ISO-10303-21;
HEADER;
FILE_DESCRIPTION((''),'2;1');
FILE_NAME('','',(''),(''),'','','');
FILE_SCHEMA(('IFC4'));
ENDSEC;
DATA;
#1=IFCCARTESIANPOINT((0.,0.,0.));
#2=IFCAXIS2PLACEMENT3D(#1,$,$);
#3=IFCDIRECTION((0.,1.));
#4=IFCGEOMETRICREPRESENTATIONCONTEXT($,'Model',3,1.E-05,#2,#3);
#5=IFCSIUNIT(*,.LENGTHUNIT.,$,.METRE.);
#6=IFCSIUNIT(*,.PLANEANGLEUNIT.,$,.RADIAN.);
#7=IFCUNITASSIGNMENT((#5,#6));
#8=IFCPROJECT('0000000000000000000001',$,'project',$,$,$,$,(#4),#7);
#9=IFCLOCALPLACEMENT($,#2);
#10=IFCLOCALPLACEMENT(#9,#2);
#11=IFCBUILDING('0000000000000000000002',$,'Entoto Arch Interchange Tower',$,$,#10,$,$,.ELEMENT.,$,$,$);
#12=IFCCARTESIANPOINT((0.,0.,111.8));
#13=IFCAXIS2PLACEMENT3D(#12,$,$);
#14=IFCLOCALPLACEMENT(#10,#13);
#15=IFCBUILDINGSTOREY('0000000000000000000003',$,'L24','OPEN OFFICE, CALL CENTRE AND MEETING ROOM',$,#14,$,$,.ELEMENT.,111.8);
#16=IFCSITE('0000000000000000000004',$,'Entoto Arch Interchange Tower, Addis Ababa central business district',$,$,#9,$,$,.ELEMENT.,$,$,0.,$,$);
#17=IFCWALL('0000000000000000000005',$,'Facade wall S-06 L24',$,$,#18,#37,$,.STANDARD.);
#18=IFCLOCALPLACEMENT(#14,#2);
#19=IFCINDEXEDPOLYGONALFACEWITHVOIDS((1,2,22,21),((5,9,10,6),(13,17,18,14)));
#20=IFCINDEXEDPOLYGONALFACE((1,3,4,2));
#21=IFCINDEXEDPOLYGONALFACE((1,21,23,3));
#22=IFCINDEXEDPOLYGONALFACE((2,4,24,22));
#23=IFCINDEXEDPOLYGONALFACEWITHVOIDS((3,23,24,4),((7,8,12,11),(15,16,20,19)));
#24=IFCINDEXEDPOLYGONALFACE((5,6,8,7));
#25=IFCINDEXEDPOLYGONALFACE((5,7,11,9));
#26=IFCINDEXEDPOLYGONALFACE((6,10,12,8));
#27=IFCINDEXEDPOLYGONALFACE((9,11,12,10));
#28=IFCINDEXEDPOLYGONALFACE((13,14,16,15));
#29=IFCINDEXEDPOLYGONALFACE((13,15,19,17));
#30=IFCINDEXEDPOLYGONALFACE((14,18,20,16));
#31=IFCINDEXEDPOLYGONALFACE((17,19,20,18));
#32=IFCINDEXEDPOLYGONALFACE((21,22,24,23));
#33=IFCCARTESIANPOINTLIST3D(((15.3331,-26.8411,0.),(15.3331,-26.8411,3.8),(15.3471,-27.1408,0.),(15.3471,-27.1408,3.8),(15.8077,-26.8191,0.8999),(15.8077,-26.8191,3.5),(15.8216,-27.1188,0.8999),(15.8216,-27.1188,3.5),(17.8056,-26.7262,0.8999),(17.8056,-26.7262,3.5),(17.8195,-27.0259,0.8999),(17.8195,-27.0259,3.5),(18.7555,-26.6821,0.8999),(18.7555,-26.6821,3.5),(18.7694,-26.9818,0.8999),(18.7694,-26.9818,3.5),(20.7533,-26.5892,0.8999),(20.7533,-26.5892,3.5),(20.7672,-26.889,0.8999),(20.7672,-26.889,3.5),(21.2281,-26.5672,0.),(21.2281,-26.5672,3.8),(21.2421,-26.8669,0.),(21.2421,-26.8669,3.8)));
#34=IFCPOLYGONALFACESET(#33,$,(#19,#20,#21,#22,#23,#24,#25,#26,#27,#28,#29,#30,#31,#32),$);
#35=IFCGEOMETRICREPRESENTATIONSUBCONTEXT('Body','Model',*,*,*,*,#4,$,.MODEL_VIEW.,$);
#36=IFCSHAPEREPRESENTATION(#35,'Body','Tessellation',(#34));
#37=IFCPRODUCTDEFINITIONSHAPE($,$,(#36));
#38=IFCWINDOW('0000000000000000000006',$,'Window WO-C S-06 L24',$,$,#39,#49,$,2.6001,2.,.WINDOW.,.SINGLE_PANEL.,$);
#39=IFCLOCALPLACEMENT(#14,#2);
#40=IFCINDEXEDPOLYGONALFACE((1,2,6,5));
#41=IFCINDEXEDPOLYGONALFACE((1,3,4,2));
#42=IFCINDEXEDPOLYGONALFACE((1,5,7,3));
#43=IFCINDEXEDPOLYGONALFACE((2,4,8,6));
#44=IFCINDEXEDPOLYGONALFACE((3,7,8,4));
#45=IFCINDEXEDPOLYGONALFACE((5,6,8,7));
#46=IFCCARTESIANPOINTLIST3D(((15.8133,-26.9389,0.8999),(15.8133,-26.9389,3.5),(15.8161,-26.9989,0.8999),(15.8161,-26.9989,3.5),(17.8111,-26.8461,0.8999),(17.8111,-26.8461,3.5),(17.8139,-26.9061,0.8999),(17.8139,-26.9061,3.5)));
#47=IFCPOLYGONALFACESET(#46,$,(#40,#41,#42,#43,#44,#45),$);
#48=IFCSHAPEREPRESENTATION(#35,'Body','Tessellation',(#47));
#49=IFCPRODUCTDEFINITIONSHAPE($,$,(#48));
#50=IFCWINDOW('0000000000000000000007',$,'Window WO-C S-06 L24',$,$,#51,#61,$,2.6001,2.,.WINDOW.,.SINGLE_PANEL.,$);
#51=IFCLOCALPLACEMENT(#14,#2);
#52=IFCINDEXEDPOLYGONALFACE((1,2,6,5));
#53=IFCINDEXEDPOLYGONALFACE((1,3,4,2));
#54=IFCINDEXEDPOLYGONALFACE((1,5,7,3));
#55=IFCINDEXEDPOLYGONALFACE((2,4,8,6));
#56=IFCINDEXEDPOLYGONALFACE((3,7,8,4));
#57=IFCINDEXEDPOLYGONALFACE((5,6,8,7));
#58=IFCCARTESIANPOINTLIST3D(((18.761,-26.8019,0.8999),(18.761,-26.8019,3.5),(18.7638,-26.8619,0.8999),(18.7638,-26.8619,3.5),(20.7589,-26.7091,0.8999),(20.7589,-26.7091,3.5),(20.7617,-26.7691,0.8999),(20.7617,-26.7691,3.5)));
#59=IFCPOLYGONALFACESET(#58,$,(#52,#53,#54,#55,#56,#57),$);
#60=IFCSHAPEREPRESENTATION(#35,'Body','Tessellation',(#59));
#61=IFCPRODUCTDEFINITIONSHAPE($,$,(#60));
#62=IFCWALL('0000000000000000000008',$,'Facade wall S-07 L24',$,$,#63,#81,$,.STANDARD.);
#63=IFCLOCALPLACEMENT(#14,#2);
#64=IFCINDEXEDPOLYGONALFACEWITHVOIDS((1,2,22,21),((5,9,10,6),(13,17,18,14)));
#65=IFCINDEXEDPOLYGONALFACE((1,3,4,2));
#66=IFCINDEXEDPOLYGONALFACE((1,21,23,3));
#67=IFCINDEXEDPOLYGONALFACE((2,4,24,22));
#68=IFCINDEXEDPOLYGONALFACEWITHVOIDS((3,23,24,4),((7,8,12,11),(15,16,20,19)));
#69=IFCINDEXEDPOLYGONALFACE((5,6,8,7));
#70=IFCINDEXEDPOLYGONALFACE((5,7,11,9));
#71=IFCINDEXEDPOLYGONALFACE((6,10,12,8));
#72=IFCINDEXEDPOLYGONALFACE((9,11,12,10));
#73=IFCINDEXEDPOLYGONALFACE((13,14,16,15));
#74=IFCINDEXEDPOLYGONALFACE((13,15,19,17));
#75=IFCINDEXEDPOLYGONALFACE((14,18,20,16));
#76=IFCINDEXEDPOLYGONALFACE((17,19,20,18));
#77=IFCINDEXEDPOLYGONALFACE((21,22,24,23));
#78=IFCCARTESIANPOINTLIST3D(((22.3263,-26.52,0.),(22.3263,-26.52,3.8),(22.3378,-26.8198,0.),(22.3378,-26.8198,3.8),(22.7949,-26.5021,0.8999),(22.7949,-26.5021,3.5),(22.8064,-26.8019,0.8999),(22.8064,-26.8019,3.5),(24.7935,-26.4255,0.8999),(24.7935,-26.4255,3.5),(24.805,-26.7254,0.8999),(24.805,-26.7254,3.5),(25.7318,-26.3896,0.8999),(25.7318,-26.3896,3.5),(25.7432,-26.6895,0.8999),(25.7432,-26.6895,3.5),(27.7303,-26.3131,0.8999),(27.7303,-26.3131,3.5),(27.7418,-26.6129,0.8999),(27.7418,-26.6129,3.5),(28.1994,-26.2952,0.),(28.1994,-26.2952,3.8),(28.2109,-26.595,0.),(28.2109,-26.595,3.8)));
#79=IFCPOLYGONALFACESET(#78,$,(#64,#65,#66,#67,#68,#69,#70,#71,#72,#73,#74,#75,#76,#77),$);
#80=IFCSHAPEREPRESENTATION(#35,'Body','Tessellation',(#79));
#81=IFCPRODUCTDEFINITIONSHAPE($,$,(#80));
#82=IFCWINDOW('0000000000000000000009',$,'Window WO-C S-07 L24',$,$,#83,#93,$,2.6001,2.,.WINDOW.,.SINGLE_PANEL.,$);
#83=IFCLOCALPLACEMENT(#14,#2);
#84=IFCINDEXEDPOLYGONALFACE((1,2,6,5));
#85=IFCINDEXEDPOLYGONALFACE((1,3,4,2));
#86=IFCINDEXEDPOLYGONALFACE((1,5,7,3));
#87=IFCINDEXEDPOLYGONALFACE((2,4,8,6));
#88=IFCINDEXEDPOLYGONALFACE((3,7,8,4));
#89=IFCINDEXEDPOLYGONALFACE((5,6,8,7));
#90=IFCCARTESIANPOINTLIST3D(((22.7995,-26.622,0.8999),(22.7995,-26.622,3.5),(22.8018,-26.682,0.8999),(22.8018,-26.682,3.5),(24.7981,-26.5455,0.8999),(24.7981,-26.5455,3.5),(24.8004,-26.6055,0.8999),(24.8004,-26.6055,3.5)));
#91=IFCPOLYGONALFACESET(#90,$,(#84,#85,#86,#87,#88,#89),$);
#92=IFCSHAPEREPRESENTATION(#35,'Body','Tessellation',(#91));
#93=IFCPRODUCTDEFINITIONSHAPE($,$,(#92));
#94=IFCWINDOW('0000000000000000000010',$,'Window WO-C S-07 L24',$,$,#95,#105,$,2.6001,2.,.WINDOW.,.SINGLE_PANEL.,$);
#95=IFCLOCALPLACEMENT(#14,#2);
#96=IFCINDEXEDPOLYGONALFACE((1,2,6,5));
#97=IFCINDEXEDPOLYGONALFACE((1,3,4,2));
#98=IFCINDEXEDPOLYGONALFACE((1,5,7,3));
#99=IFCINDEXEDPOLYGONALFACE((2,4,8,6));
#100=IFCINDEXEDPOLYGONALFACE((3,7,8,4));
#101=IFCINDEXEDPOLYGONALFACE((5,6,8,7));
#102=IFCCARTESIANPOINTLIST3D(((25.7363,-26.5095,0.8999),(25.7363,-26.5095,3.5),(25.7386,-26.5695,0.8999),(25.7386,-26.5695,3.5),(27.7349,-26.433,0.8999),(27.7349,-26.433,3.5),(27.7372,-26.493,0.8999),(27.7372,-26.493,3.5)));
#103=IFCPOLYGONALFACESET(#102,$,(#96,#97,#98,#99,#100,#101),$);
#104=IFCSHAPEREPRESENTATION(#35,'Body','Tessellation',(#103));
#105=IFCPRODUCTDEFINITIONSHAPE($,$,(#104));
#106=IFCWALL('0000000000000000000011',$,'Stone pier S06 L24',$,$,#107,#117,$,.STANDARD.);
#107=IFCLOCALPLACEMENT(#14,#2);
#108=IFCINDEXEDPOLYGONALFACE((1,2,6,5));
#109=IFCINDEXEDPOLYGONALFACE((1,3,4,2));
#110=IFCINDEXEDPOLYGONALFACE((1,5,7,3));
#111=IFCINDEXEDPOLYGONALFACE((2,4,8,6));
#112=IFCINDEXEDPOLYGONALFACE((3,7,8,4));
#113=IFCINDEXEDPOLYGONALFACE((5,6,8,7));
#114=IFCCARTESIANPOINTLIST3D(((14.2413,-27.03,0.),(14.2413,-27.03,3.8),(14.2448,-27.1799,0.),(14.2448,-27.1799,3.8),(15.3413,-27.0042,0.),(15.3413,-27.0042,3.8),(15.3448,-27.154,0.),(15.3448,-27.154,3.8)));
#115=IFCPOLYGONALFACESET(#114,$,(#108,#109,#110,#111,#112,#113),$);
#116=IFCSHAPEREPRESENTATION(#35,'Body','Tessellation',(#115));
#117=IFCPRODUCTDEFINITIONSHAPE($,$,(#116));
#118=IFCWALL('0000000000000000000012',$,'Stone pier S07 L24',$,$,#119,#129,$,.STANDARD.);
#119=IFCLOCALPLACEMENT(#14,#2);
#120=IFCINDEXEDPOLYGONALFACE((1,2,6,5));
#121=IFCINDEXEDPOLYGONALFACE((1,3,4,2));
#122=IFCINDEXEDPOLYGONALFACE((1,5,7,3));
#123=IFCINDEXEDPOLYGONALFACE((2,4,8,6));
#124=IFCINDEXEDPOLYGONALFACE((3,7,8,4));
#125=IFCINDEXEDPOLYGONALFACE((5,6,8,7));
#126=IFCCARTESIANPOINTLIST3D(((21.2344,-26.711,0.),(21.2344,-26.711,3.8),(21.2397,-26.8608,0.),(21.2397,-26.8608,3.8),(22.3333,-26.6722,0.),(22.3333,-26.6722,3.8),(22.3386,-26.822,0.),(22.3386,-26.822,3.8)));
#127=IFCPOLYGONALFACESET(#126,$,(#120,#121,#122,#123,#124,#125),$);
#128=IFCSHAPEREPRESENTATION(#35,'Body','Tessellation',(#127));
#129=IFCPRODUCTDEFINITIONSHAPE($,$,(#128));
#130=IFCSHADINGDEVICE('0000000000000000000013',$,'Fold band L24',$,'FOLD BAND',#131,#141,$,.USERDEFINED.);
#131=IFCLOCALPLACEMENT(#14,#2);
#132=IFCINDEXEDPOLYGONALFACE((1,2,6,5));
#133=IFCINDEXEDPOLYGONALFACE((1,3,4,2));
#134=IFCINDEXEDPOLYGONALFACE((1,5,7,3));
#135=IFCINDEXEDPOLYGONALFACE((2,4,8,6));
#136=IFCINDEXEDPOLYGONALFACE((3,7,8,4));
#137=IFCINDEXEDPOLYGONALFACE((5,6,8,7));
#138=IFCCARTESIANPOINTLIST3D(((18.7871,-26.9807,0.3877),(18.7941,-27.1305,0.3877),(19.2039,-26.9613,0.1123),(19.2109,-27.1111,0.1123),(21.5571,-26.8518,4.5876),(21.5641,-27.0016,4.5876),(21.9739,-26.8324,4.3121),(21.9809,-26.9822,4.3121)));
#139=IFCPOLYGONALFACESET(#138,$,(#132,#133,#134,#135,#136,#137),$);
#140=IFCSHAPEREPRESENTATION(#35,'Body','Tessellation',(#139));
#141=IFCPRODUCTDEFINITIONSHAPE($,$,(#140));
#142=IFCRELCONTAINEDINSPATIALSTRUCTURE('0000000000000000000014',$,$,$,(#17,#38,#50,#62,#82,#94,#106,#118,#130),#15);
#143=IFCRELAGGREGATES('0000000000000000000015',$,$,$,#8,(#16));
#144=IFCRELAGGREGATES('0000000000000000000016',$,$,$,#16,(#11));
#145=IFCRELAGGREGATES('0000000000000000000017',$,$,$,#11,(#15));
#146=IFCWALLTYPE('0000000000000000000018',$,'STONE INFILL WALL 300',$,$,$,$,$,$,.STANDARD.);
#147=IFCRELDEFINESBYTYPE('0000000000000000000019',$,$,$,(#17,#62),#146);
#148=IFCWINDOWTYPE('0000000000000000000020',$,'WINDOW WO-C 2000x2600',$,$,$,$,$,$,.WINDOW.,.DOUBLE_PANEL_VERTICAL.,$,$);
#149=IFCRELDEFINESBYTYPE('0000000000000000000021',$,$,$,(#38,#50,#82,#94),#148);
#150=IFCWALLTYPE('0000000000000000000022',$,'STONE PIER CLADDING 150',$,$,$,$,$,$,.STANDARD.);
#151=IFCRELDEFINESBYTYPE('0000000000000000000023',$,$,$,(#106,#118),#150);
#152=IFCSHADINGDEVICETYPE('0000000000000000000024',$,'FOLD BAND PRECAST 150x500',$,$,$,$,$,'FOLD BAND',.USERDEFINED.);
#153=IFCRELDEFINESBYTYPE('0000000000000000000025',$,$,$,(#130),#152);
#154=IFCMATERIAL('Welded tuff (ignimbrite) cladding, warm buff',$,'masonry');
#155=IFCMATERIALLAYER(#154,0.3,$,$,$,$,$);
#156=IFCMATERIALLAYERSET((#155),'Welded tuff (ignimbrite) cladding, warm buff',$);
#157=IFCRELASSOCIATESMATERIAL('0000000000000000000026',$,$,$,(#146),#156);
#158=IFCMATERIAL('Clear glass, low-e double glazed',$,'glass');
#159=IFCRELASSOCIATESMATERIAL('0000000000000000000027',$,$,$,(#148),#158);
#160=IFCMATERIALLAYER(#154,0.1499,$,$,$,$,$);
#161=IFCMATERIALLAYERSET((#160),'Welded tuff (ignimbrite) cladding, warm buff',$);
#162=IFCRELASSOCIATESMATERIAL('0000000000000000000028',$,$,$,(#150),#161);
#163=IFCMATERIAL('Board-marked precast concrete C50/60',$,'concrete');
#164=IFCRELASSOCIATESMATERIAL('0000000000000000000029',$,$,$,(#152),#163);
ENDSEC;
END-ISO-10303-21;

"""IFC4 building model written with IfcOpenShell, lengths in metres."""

from ifc_helpers import new_model, si_unit, direction, frame, frame_2d, origin, origin_2d, place, context, subcontext, project, spatial, rectangle, extrude, material, layer, layer_set, material_profile, profile_set, type_object, element, fill, save


model = new_model("IFC4")

# Units and contexts
model_context = context("Model", 3, precision=1e-05, world=origin(), true_north=direction((0.0, 1.0)))
body_context = subcontext(model_context, "Body", "Model", "MODEL_VIEW")
ifc_project = project(units=[si_unit("LENGTHUNIT", "METRE"), si_unit("PLANEANGLEUNIT", "RADIAN")], contexts=[model_context])

# Site, building, storey
site_placement = place(None, origin())
site = spatial("IfcSite", under=ifc_project, at=site_placement, Name="Entoto Arch Interchange Tower, Addis Ababa central business district", CompositionType="ELEMENT", RefElevation=0.0)
building_placement = place(site_placement, origin())
building = spatial("IfcBuilding", under=site, at=building_placement, Name="Entoto Arch Interchange Tower", CompositionType="ELEMENT")
storey_placement = place(building_placement, frame((0.0, 0.0, 111.8)))
storey = spatial("IfcBuildingStorey", under=building, at=storey_placement, Name="L24", Description="OPEN OFFICE, CALL CENTRE AND MEETING ROOM", CompositionType="ELEMENT", Elevation=111.8)

# Walls, openings, windows
ifc_material_1 = material(Name="Welded tuff (ignimbrite) cladding, warm buff", Category="masonry")
ifc_layer_1 = layer(ifc_material_1, 0.3)
ifc_layer_set_1 = layer_set([ifc_layer_1], Name="Welded tuff (ignimbrite) cladding, warm buff")
wall_type_1 = type_object("IfcWallType", Name="STONE INFILL WALL 300", PredefinedType="STANDARD", material=ifc_layer_set_1)
ifc_material_2 = material(Name="Clear glass, low-e double glazed", Category="glass")
window_type = type_object("IfcWindowType", Name="WINDOW WO-C 2000x2600", PartitioningType="DOUBLE_PANEL_VERTICAL", PredefinedType="WINDOW", material=ifc_material_2)
wall_1_placement = place(storey_placement, frame((15.3401, -26.991, 0.0), z_axis=(0.0, 0.0, 1.0), x_axis=(0.998922, 0.046417, 0.0)))
wall_1 = element("IfcWall", 1, at=wall_1_placement, inside=storey, type_object=wall_type_1, Name="Facade wall S-06 L24", PredefinedType="STANDARD", context=body_context, shape_type="SweptSolid", body=[
    extrude(rectangle(XDim=5.9014, YDim=0.3, at=frame_2d((2.9507, 0.0))), origin(), (0.0, 0.0, 1.0), 3.8),
])
opening_1_placement = place(wall_1_placement, frame((0.4751, 0.0, 0.8999)))
opening_1 = element("IfcOpeningElement", 2, at=opening_1_placement, cuts=wall_1, PredefinedType="OPENING", context=body_context, shape_type="SweptSolid", body=[
    extrude(rectangle(XDim=2.0, YDim=2.6001, at=frame_2d((1.0, 1.3))), frame((0.0, 0.1602, 0.0), z_axis=(0.0, -1.0, 0.0), x_axis=(1.0, 0.0, 0.0)), (0.0, 0.0, 1.0), 0.3201),
])
opening_2_placement = place(wall_1_placement, frame((3.426, 0.0, 0.8999)))
opening_2 = element("IfcOpeningElement", 3, at=opening_2_placement, cuts=wall_1, PredefinedType="OPENING", context=body_context, shape_type="SweptSolid", body=[
    extrude(rectangle(XDim=2.0, YDim=2.6001, at=frame_2d((1.0, 1.3))), frame((0.0, 0.1602, 0.0), z_axis=(0.0, -1.0, 0.0), x_axis=(1.0, 0.0, 0.0)), (0.0, 0.0, 1.0), 0.3201),
])
window_1_placement = place(opening_1_placement, origin())
window_1 = element("IfcWindow", 4, at=window_1_placement, inside=storey, type_object=window_type, Name="Window WO-C S-06 L24", OverallHeight=2.6001, OverallWidth=2.0, PartitioningType="SINGLE_PANEL", PredefinedType="WINDOW", context=body_context, shape_type="SweptSolid", body=[
    extrude(rectangle(XDim=2.0, YDim=2.6001, at=frame_2d((1.0, 1.3))), frame((0.0, 0.03, 0.0), z_axis=(0.0, -1.0, 0.0), x_axis=(1.0, 0.0, 0.0)), (0.0, 0.0, 1.0), 0.0601),
])
fill(opening_1, window_1)
window_2_placement = place(opening_2_placement, origin())
window_2 = element("IfcWindow", 5, at=window_2_placement, inside=storey, type_object=window_type, Name="Window WO-C S-06 L24", OverallHeight=2.6001, OverallWidth=2.0, PartitioningType="SINGLE_PANEL", PredefinedType="WINDOW", context=body_context, shape_type="SweptSolid", body=[
    extrude(rectangle(XDim=2.0, YDim=2.6001, at=frame_2d((1.0, 1.3))), frame((0.0, 0.03, 0.0), z_axis=(0.0, -1.0, 0.0), x_axis=(1.0, 0.0, 0.0)), (0.0, 0.0, 1.0), 0.0601),
])
fill(opening_2, window_2)
wall_2_placement = place(storey_placement, frame((22.332, -26.6699, 0.0), z_axis=(0.0, 0.0, 1.0), x_axis=(0.999268, 0.038258, 0.0)))
wall_2 = element("IfcWall", 6, at=wall_2_placement, inside=storey, type_object=wall_type_1, Name="Facade wall S-07 L24", PredefinedType="STANDARD", context=body_context, shape_type="SweptSolid", body=[
    extrude(rectangle(XDim=5.8774, YDim=0.3, at=frame_2d((2.9387, 0.0))), origin(), (0.0, 0.0, 1.0), 3.8),
])
opening_3_placement = place(wall_2_placement, frame((0.469, 0.0, 0.8999)))
opening_3 = element("IfcOpeningElement", 7, at=opening_3_placement, cuts=wall_2, PredefinedType="OPENING", context=body_context, shape_type="SweptSolid", body=[
    extrude(rectangle(XDim=2.0, YDim=2.6001, at=frame_2d((1.0, 1.3))), frame((0.0, 0.1602, 0.0), z_axis=(0.0, -1.0, 0.0), x_axis=(1.0, 0.0, 0.0)), (0.0, 0.0, 1.0), 0.3201),
])
opening_4_placement = place(wall_2_placement, frame((3.408, 0.0, 0.8999)))
opening_4 = element("IfcOpeningElement", 8, at=opening_4_placement, cuts=wall_2, PredefinedType="OPENING", context=body_context, shape_type="SweptSolid", body=[
    extrude(rectangle(XDim=2.0, YDim=2.6001, at=frame_2d((1.0, 1.3))), frame((0.0, 0.1602, 0.0), z_axis=(0.0, -1.0, 0.0), x_axis=(1.0, 0.0, 0.0)), (0.0, 0.0, 1.0), 0.3201),
])
window_3_placement = place(opening_3_placement, origin())
window_3 = element("IfcWindow", 9, at=window_3_placement, inside=storey, type_object=window_type, Name="Window WO-C S-07 L24", OverallHeight=2.6001, OverallWidth=2.0, PartitioningType="SINGLE_PANEL", PredefinedType="WINDOW", context=body_context, shape_type="SweptSolid", body=[
    extrude(rectangle(XDim=2.0, YDim=2.6001, at=frame_2d((1.0, 1.3))), frame((0.0, 0.03, 0.0), z_axis=(0.0, -1.0, 0.0), x_axis=(1.0, 0.0, 0.0)), (0.0, 0.0, 1.0), 0.0601),
])
fill(opening_3, window_3)
window_4_placement = place(opening_4_placement, origin())
window_4 = element("IfcWindow", 10, at=window_4_placement, inside=storey, type_object=window_type, Name="Window WO-C S-07 L24", OverallHeight=2.6001, OverallWidth=2.0, PartitioningType="SINGLE_PANEL", PredefinedType="WINDOW", context=body_context, shape_type="SweptSolid", body=[
    extrude(rectangle(XDim=2.0, YDim=2.6001, at=frame_2d((1.0, 1.3))), frame((0.0, 0.03, 0.0), z_axis=(0.0, -1.0, 0.0), x_axis=(1.0, 0.0, 0.0)), (0.0, 0.0, 1.0), 0.0601),
])
fill(opening_4, window_4)

# Walls
ifc_layer_2 = layer(ifc_material_1, 0.1499)
ifc_layer_set_2 = layer_set([ifc_layer_2], Name="Welded tuff (ignimbrite) cladding, warm buff")
wall_type_2 = type_object("IfcWallType", Name="STONE PIER CLADDING 150", PredefinedType="STANDARD", material=ifc_layer_set_2)
wall_3_placement = place(storey_placement, frame((14.2429, -27.105, 0.0), z_axis=(0.0, 0.0, 1.0), x_axis=(0.999723, 0.023518, 0.0)))
element("IfcWall", 11, at=wall_3_placement, inside=storey, type_object=wall_type_2, Name="Stone pier S06 L24", PredefinedType="STANDARD", context=body_context, shape_type="SweptSolid", body=[
    extrude(rectangle(XDim=1.1003, YDim=0.1499, at=frame_2d((0.5503, 0.0))), origin(), (0.0, 0.0, 1.0), 3.8),
])
wall_4_placement = place(storey_placement, frame((21.2371, -26.7859, 0.0), z_axis=(0.0, 0.0, 1.0), x_axis=(0.999377, 0.035303, 0.0)))
element("IfcWall", 12, at=wall_4_placement, inside=storey, type_object=wall_type_2, Name="Stone pier S07 L24", PredefinedType="STANDARD", context=body_context, shape_type="SweptSolid", body=[
    extrude(rectangle(XDim=1.0996, YDim=0.1499, at=frame_2d((0.5498, 0.0))), origin(), (0.0, 0.0, 1.0), 3.8),
])

# Shading device
ifc_material_3 = material(Name="Board-marked precast concrete C50/60", Category="concrete")
ifc_material_profile_1 = material_profile(ifc_material_3, rectangle(XDim=0.1499, YDim=0.5, at=origin_2d()))
ifc_profile_set_1 = profile_set([ifc_material_profile_1], Name="Board-marked precast concrete C50/60")
shading_device_type = type_object("IfcShadingDeviceType", Name="FOLD BAND PRECAST 150x500", ElementType="FOLD BAND", PredefinedType="USERDEFINED", material=ifc_profile_set_1)
shading_device_placement = place(storey_placement, frame((18.999, -27.0459, 0.25), z_axis=(0.550392, 0.025613, 0.834514), x_axis=(-0.046486, 0.998919, 0.0)))
element("IfcShadingDevice", 13, at=shading_device_placement, inside=storey, type_object=shading_device_type, Name="Fold band L24", ObjectType="FOLD BAND", PredefinedType="USERDEFINED", context=body_context, shape_type="SweptSolid", body=[
    extrude(rectangle(XDim=0.1499, YDim=0.5, at=origin_2d()), origin(), (0.0, 0.0, 1.0), 5.0327),
])

save(model, "model.ifc")
